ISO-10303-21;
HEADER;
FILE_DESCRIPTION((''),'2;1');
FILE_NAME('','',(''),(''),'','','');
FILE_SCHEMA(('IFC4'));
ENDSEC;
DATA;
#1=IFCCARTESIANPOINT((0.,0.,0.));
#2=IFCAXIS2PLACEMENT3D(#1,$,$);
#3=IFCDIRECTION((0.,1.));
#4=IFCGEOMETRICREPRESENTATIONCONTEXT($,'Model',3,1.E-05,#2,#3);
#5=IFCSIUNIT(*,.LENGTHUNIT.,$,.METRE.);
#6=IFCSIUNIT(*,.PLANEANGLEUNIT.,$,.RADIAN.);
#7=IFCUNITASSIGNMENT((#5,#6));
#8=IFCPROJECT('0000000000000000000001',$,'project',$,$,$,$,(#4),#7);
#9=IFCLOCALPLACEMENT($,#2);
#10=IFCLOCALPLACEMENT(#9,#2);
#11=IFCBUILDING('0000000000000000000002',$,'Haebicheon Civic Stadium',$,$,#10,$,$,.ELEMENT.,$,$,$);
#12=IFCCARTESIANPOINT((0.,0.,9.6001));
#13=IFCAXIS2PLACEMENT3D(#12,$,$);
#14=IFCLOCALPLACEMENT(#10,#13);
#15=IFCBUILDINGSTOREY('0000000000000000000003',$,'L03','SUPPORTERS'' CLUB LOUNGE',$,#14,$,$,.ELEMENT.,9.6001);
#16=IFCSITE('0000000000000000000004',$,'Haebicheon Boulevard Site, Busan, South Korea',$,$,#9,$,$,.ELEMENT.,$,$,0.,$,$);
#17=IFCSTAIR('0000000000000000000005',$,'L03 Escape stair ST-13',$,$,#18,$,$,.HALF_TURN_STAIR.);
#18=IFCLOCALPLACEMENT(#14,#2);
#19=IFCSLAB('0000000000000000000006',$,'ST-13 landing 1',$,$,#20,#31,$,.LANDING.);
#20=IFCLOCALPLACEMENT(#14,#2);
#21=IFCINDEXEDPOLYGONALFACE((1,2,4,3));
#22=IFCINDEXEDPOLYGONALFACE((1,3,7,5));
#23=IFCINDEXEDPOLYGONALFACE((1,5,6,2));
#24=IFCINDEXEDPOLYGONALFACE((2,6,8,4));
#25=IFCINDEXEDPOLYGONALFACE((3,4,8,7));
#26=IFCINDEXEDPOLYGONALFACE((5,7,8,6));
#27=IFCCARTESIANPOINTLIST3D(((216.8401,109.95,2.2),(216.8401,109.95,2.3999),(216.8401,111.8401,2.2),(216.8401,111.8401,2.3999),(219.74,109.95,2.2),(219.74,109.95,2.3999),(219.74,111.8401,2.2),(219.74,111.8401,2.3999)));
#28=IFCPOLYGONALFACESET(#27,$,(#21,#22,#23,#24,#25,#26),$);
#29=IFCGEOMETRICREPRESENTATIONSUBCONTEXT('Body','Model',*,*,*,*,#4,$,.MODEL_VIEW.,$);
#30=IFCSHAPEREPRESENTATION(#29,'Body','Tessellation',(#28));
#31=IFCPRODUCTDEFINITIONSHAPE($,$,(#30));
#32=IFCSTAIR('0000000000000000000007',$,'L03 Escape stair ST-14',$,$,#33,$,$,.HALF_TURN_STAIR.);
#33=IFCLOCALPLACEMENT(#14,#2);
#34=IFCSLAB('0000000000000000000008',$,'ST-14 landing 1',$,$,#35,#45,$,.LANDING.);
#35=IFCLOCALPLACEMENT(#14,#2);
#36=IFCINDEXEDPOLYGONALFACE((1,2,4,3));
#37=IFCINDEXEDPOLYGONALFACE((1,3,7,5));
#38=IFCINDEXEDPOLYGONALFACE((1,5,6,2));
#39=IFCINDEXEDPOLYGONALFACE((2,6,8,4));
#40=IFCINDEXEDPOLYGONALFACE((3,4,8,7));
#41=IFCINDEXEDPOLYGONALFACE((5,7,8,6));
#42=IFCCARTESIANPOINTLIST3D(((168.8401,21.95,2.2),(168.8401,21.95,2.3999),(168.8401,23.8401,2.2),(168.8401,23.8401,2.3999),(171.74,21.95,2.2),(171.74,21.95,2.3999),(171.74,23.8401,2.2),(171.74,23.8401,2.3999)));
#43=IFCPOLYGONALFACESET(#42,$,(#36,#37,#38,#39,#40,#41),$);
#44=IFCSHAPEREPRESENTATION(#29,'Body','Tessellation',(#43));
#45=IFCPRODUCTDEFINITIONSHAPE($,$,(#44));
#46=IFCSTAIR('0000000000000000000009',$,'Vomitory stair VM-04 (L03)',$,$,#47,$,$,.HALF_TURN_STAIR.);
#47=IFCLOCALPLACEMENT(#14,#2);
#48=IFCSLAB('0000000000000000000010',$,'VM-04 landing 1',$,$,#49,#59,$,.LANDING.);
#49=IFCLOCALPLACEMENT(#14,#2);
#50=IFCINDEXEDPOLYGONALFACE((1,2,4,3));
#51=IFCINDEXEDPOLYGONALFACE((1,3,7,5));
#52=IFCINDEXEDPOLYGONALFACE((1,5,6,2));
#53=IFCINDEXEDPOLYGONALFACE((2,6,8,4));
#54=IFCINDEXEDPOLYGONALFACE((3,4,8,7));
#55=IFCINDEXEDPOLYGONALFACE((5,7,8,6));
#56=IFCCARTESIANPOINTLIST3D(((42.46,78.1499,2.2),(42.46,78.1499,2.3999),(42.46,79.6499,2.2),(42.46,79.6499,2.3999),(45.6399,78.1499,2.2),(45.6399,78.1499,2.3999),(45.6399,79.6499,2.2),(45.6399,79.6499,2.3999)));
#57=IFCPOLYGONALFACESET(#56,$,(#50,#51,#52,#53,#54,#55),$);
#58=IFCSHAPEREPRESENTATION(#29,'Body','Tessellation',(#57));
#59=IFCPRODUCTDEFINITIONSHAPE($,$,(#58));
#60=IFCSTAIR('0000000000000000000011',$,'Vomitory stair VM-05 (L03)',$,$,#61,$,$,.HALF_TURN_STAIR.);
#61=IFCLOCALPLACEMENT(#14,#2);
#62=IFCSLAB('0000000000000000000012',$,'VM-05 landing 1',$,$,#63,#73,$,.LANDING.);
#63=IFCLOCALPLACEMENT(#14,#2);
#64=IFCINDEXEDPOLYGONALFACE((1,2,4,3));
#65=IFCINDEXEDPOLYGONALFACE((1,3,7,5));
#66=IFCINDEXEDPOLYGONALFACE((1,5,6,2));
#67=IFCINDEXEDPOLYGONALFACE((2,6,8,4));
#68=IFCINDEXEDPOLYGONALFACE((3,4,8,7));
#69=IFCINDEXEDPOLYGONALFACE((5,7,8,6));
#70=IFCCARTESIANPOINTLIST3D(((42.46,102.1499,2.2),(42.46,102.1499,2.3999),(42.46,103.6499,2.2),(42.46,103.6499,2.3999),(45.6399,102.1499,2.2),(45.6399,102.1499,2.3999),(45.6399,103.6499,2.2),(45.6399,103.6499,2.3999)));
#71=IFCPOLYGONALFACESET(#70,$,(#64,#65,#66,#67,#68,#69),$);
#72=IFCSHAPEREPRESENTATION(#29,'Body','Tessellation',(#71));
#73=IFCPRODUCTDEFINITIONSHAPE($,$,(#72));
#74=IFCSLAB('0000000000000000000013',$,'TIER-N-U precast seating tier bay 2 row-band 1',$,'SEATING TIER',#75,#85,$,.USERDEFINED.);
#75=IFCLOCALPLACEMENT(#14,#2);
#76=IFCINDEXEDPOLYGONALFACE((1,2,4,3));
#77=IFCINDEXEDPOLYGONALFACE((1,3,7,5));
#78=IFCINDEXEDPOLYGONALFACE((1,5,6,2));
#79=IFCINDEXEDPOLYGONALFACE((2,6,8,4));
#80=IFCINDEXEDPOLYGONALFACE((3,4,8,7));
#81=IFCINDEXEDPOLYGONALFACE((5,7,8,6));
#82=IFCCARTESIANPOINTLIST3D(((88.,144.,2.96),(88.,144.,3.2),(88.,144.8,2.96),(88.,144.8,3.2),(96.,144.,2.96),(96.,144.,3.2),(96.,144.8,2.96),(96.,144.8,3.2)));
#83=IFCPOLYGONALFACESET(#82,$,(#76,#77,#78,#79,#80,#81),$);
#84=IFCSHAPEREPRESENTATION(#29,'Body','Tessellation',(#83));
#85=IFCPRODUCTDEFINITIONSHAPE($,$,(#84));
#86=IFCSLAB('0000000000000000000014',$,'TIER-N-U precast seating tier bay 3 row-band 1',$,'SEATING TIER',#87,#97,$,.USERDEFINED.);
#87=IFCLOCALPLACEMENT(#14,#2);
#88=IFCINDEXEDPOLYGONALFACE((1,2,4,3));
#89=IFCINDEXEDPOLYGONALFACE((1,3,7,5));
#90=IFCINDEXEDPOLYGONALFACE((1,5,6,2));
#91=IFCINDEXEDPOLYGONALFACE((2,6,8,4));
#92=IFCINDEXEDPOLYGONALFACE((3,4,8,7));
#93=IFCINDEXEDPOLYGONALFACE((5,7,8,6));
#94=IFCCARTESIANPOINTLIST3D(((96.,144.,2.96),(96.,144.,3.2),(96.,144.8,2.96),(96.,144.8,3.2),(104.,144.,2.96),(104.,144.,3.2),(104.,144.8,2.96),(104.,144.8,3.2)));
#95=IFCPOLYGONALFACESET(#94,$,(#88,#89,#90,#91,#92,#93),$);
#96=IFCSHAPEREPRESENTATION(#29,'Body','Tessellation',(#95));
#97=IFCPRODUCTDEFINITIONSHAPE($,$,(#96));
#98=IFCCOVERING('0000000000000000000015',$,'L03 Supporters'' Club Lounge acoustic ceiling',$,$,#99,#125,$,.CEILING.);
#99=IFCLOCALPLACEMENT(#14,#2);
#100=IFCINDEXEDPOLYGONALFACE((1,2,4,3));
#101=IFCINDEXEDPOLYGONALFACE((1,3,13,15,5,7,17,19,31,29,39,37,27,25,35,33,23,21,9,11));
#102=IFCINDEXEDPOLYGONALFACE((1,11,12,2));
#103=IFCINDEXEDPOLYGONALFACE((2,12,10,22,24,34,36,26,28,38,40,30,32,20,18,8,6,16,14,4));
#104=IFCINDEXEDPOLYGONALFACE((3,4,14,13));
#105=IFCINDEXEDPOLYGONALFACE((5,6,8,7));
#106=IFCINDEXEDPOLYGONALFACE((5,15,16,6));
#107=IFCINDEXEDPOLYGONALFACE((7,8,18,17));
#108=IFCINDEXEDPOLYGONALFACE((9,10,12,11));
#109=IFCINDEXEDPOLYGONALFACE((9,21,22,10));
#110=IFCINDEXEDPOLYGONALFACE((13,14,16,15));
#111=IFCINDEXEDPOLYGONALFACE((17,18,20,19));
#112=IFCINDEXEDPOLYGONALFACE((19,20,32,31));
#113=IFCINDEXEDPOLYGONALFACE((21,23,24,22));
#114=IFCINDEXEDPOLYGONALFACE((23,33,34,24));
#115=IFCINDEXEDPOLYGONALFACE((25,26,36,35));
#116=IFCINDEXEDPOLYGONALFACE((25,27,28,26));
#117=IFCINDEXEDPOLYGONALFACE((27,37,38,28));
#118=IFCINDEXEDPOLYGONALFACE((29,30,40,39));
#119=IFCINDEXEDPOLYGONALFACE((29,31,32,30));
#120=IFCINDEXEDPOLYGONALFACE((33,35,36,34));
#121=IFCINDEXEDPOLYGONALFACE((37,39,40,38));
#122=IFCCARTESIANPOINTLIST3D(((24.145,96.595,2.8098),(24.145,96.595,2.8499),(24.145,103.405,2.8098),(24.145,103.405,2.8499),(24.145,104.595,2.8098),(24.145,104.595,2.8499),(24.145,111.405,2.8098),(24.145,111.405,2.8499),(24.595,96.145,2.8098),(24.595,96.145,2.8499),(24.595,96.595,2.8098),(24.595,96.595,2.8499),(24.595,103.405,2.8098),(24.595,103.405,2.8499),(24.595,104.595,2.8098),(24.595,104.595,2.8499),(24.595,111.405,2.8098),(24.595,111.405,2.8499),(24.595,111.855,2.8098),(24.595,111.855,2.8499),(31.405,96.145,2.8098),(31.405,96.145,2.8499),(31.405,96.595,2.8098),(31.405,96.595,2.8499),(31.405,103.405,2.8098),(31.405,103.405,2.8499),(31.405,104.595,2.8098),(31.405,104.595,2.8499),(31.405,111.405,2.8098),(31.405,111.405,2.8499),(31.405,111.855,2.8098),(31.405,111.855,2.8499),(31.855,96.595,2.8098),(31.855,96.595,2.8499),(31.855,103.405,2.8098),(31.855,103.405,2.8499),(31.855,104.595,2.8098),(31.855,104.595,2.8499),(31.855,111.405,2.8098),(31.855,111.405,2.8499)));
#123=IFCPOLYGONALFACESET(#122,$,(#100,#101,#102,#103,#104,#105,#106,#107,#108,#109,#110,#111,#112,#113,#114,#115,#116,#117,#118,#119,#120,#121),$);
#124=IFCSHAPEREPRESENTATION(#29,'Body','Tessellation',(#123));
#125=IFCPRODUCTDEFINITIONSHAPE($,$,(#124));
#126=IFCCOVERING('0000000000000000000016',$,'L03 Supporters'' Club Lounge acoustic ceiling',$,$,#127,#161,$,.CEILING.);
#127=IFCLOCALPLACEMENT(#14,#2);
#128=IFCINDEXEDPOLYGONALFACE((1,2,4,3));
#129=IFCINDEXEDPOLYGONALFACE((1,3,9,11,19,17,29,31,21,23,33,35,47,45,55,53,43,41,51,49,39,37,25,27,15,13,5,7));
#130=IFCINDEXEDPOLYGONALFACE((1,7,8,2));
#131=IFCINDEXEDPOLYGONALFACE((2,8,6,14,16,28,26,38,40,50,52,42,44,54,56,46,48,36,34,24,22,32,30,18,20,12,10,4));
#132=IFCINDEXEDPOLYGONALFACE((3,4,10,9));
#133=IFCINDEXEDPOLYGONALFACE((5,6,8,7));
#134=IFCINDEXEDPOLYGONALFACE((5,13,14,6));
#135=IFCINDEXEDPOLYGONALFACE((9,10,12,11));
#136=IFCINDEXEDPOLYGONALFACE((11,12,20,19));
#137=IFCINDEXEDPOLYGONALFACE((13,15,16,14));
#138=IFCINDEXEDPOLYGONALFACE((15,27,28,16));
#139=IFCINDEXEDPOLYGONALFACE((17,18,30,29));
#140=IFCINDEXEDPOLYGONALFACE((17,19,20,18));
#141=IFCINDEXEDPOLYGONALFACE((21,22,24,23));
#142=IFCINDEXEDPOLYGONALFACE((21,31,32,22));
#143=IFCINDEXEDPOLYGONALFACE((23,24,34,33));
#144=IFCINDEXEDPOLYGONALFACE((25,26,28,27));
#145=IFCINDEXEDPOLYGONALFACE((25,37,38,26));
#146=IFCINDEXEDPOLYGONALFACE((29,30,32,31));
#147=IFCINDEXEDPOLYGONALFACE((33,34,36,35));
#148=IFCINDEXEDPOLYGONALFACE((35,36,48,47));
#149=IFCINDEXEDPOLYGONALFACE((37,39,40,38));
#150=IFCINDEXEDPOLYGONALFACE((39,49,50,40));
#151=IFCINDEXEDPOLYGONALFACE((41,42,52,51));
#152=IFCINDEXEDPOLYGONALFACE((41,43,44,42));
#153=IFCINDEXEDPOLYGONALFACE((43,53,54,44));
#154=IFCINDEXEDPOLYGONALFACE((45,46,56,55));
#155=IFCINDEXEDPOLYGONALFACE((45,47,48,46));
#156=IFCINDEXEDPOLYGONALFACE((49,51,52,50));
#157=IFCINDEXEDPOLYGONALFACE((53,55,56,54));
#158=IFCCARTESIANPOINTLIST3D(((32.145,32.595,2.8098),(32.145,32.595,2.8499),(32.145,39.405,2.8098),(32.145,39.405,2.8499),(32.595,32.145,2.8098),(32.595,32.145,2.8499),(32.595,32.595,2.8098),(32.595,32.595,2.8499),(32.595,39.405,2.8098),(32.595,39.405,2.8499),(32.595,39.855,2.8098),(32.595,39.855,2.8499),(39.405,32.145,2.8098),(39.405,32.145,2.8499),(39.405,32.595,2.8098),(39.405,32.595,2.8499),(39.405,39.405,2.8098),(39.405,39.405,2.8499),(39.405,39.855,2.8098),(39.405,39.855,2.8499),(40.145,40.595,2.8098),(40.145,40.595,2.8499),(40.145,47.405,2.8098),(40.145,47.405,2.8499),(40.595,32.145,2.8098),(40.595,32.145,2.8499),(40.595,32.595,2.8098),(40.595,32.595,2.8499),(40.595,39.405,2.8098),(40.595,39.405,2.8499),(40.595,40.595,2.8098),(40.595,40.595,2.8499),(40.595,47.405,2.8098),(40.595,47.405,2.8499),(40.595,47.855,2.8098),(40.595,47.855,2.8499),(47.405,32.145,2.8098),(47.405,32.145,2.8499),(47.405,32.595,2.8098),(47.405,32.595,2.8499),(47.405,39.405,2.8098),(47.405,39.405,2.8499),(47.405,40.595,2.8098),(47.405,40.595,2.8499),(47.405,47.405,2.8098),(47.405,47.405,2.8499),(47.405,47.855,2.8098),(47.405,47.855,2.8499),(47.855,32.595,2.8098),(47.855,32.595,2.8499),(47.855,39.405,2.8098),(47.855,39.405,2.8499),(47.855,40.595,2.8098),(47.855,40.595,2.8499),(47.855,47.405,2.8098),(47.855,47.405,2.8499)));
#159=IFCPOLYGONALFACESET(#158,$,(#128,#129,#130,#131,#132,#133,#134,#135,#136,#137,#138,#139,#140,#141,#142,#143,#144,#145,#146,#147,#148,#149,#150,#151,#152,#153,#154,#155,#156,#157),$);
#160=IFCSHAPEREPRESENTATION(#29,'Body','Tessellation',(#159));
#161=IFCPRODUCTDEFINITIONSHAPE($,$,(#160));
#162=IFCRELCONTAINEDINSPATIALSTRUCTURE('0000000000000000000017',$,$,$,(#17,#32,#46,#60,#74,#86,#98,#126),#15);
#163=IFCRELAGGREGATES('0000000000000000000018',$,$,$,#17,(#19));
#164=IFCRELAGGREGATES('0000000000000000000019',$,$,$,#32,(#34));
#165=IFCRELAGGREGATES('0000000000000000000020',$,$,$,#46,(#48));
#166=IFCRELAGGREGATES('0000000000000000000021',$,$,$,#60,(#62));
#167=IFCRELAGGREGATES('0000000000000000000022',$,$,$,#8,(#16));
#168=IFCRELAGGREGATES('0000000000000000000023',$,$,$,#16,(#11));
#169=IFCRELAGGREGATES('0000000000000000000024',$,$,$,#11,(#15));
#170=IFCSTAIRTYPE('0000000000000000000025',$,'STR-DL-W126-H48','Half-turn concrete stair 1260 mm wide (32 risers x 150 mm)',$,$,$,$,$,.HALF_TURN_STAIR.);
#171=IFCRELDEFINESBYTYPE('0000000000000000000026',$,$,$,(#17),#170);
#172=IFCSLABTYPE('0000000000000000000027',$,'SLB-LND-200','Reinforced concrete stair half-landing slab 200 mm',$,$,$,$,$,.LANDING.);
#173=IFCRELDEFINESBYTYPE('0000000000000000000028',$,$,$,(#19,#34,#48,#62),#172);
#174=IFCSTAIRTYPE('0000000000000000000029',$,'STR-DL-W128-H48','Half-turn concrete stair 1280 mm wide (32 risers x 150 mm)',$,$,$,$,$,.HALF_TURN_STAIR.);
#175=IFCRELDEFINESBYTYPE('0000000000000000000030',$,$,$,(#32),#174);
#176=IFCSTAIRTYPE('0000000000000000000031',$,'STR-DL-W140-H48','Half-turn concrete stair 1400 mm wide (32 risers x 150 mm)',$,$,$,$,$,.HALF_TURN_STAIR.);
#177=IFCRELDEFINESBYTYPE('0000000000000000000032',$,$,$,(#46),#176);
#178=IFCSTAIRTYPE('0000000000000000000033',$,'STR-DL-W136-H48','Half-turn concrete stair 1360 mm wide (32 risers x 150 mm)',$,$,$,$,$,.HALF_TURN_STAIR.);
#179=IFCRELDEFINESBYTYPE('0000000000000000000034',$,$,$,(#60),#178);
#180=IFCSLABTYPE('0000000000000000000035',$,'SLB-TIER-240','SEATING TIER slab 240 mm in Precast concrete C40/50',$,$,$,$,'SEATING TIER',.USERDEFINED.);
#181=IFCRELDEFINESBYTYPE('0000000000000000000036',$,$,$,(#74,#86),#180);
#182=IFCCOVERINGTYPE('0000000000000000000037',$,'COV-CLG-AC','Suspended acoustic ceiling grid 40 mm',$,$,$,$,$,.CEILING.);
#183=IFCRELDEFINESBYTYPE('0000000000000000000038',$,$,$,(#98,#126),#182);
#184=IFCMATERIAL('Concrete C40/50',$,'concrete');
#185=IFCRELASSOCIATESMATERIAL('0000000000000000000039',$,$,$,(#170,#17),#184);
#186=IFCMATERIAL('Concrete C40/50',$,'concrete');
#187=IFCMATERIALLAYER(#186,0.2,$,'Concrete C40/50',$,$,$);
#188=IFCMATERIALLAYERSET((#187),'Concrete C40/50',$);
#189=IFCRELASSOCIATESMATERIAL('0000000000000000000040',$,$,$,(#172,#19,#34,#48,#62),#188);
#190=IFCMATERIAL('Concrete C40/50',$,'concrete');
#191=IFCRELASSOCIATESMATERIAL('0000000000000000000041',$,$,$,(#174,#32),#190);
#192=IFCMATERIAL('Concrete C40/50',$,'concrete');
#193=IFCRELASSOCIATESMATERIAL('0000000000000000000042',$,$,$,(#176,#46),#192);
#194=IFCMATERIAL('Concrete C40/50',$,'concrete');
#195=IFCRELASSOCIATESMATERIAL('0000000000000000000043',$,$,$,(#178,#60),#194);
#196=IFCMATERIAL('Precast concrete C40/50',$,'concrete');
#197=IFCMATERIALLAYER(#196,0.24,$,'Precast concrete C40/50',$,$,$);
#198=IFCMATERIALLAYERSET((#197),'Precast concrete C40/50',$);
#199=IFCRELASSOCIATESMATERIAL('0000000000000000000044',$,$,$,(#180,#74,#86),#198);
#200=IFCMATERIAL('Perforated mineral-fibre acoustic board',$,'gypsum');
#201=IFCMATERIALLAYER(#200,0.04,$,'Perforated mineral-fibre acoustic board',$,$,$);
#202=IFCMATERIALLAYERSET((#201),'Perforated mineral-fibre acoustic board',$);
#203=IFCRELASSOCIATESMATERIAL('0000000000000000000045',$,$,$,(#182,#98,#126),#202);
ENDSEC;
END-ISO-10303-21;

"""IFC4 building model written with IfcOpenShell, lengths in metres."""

from ifc_helpers import new_model, si_unit, direction, frame, origin, place, context, subcontext, project, spatial, polyline, outline, extrude, material, layer, layer_set, type_object, element, aggregate, save


model = new_model("IFC4")

# Units and contexts
model_context = context("Model", 3, precision=1e-05, world=origin(), true_north=direction((0.0, 1.0)))
body_context = subcontext(model_context, "Body", "Model", "MODEL_VIEW")
ifc_project = project(units=[si_unit("LENGTHUNIT", "METRE"), si_unit("PLANEANGLEUNIT", "RADIAN")], contexts=[model_context])

# Site, building, storey
site_placement = place(None, origin())
site = spatial("IfcSite", under=ifc_project, at=site_placement, Name="Haebicheon Boulevard Site, Busan, South Korea", CompositionType="ELEMENT", RefElevation=0.0)
building_placement = place(site_placement, origin())
building = spatial("IfcBuilding", under=site, at=building_placement, Name="Haebicheon Civic Stadium", CompositionType="ELEMENT")
storey_placement = place(building_placement, frame((0.0, 0.0, 9.6001)))
storey = spatial("IfcBuildingStorey", under=building, at=storey_placement, Name="L03", Description="SUPPORTERS' CLUB LOUNGE", CompositionType="ELEMENT", Elevation=9.6001)

# Stairs, slabs
ifc_material_1 = material(Name="Concrete C40/50", Category="concrete")
stair_type_1 = type_object("IfcStairType", Name="STR-DL-W126-H48", Description="Half-turn concrete stair 1260 mm wide (32 risers x 150 mm)", PredefinedType="HALF_TURN_STAIR", material=ifc_material_1)
ifc_material_2 = material(Name="Concrete C40/50", Category="concrete")
ifc_layer_1 = layer(ifc_material_2, 0.2, Name="Concrete C40/50")
ifc_layer_set_1 = layer_set([ifc_layer_1], Name="Concrete C40/50")
slab_type_1 = type_object("IfcSlabType", Name="SLB-LND-200", Description="Reinforced concrete stair half-landing slab 200 mm", PredefinedType="LANDING", material=ifc_layer_set_1)
ifc_material_3 = material(Name="Concrete C40/50", Category="concrete")
stair_type_2 = type_object("IfcStairType", Name="STR-DL-W128-H48", Description="Half-turn concrete stair 1280 mm wide (32 risers x 150 mm)", PredefinedType="HALF_TURN_STAIR", material=ifc_material_3)
stair_1_placement = place(storey_placement, origin())
stair_1 = element("IfcStair", 1, at=stair_1_placement, inside=storey, type_object=stair_type_1, material=ifc_material_1, Name="L03 Escape stair ST-13", PredefinedType="HALF_TURN_STAIR")
slab_1_placement = place(storey_placement, frame((0.0, 0.0, 2.2)))
slab_1 = element("IfcSlab", 2, at=slab_1_placement, type_object=slab_type_1, material=ifc_layer_set_1, Name="ST-13 landing 1", PredefinedType="LANDING", context=body_context, shape_type="SweptSolid", body=[
    extrude(outline(polyline([(219.74, 109.95), (219.74, 111.8401), (216.8401, 111.8401), (216.8401, 109.95), (219.74, 109.95)])), origin(), (0.0, 0.0, 1.0), 0.2),
])
aggregate(stair_1, [slab_1])
stair_2_placement = place(storey_placement, origin())
stair_2 = element("IfcStair", 3, at=stair_2_placement, inside=storey, type_object=stair_type_2, material=ifc_material_3, Name="L03 Escape stair ST-14", PredefinedType="HALF_TURN_STAIR")
slab_2_placement = place(storey_placement, frame((0.0, 0.0, 2.2)))
slab_2 = element("IfcSlab", 4, at=slab_2_placement, type_object=slab_type_1, material=ifc_layer_set_1, Name="ST-14 landing 1", PredefinedType="LANDING", context=body_context, shape_type="SweptSolid", body=[
    extrude(outline(polyline([(171.74, 21.95), (171.74, 23.8401), (168.8401, 23.8401), (168.8401, 21.95), (171.74, 21.95)])), origin(), (0.0, 0.0, 1.0), 0.2),
])
aggregate(stair_2, [slab_2])
ifc_material_4 = material(Name="Concrete C40/50", Category="concrete")
stair_type_3 = type_object("IfcStairType", Name="STR-DL-W140-H48", Description="Half-turn concrete stair 1400 mm wide (32 risers x 150 mm)", PredefinedType="HALF_TURN_STAIR", material=ifc_material_4)
stair_3_placement = place(storey_placement, origin())
stair_3 = element("IfcStair", 5, at=stair_3_placement, inside=storey, type_object=stair_type_3, material=ifc_material_4, Name="Vomitory stair VM-04 (L03)", PredefinedType="HALF_TURN_STAIR")
slab_3_placement = place(storey_placement, frame((0.0, 0.0, 2.2)))
slab_3 = element("IfcSlab", 6, at=slab_3_placement, type_object=slab_type_1, material=ifc_layer_set_1, Name="VM-04 landing 1", PredefinedType="LANDING", context=body_context, shape_type="SweptSolid", body=[
    extrude(outline(polyline([(45.6399, 78.1499), (45.6399, 79.6499), (42.46, 79.6499), (42.46, 78.1499), (45.6399, 78.1499)])), origin(), (0.0, 0.0, 1.0), 0.2),
])
aggregate(stair_3, [slab_3])
ifc_material_5 = material(Name="Concrete C40/50", Category="concrete")
stair_type_4 = type_object("IfcStairType", Name="STR-DL-W136-H48", Description="Half-turn concrete stair 1360 mm wide (32 risers x 150 mm)", PredefinedType="HALF_TURN_STAIR", material=ifc_material_5)
stair_4_placement = place(storey_placement, origin())
stair_4 = element("IfcStair", 7, at=stair_4_placement, inside=storey, type_object=stair_type_4, material=ifc_material_5, Name="Vomitory stair VM-05 (L03)", PredefinedType="HALF_TURN_STAIR")
slab_4_placement = place(storey_placement, frame((0.0, 0.0, 2.2)))
slab_4 = element("IfcSlab", 8, at=slab_4_placement, type_object=slab_type_1, material=ifc_layer_set_1, Name="VM-05 landing 1", PredefinedType="LANDING", context=body_context, shape_type="SweptSolid", body=[
    extrude(outline(polyline([(45.6399, 102.1499), (45.6399, 103.6499), (42.46, 103.6499), (42.46, 102.1499), (45.6399, 102.1499)])), origin(), (0.0, 0.0, 1.0), 0.2),
])
aggregate(stair_4, [slab_4])

# Slabs
ifc_material_6 = material(Name="Precast concrete C40/50", Category="concrete")
ifc_layer_2 = layer(ifc_material_6, 0.24, Name="Precast concrete C40/50")
ifc_layer_set_2 = layer_set([ifc_layer_2], Name="Precast concrete C40/50")
slab_type_2 = type_object("IfcSlabType", Name="SLB-TIER-240", Description="SEATING TIER slab 240 mm in Precast concrete C40/50", ElementType="SEATING TIER", PredefinedType="USERDEFINED", material=ifc_layer_set_2)
slab_5_placement = place(storey_placement, frame((0.0, 0.0, 2.96)))
element("IfcSlab", 9, at=slab_5_placement, inside=storey, type_object=slab_type_2, material=ifc_layer_set_2, Name="TIER-N-U precast seating tier bay 2 row-band 1", ObjectType="SEATING TIER", PredefinedType="USERDEFINED", context=body_context, shape_type="SweptSolid", body=[
    extrude(outline(polyline([(88.0, 144.0), (96.0, 144.0), (96.0, 144.8), (88.0, 144.8), (88.0, 144.0)])), origin(), (0.0, 0.0, 1.0), 0.24),
])
slab_6_placement = place(storey_placement, frame((0.0, 0.0, 2.96)))
element("IfcSlab", 10, at=slab_6_placement, inside=storey, type_object=slab_type_2, material=ifc_layer_set_2, Name="TIER-N-U precast seating tier bay 3 row-band 1", ObjectType="SEATING TIER", PredefinedType="USERDEFINED", context=body_context, shape_type="SweptSolid", body=[
    extrude(outline(polyline([(96.0, 144.0), (104.0, 144.0), (104.0, 144.8), (96.0, 144.8), (96.0, 144.0)])), origin(), (0.0, 0.0, 1.0), 0.24),
])

# Coverings
ifc_material_7 = material(Name="Perforated mineral-fibre acoustic board", Category="gypsum")
ifc_layer_3 = layer(ifc_material_7, 0.04, Name="Perforated mineral-fibre acoustic board")
ifc_layer_set_3 = layer_set([ifc_layer_3], Name="Perforated mineral-fibre acoustic board")
covering_type_1 = type_object("IfcCoveringType", Name="COV-CLG-AC", Description="Suspended acoustic ceiling grid 40 mm", PredefinedType="CEILING", material=ifc_layer_set_3)
covering_1_placement = place(storey_placement, frame((0.0, 0.0, 2.8098)))
element("IfcCovering", 11, at=covering_1_placement, inside=storey, type_object=covering_type_1, material=ifc_layer_set_3, Name="L03 Supporters' Club Lounge acoustic ceiling", PredefinedType="CEILING", context=body_context, shape_type="SweptSolid", body=[
    extrude(outline(polyline([(24.595, 96.145), (24.595, 96.595), (24.145, 96.595), (24.145, 103.405), (24.595, 103.405), (24.595, 104.595), (24.145, 104.595), (24.145, 111.405), (24.595, 111.405), (24.595, 111.855), (31.405, 111.855), (31.405, 111.405), (31.855, 111.405), (31.855, 104.595), (31.405, 104.595), (31.405, 103.405), (31.855, 103.405), (31.855, 96.595), (31.405, 96.595), (31.405, 96.145), (24.595, 96.145)])), origin(), (0.0, 0.0, 1.0), 0.04),
])
covering_2_placement = place(storey_placement, frame((0.0, 0.0, 2.8098)))
element("IfcCovering", 12, at=covering_2_placement, inside=storey, type_object=covering_type_1, material=ifc_layer_set_3, Name="L03 Supporters' Club Lounge acoustic ceiling", PredefinedType="CEILING", context=body_context, shape_type="SweptSolid", body=[
    extrude(outline(polyline([(32.145, 39.405), (32.595, 39.405), (32.595, 39.855), (39.405, 39.855), (39.405, 39.405), (40.595, 39.405), (40.595, 40.595), (40.145, 40.595), (40.145, 47.405), (40.595, 47.405), (40.595, 47.855), (47.405, 47.855), (47.405, 47.405), (47.855, 47.405), (47.855, 40.595), (47.405, 40.595), (47.405, 39.405), (47.855, 39.405), (47.855, 32.595), (47.405, 32.595), (47.405, 32.145), (40.595, 32.145), (40.595, 32.595), (39.405, 32.595), (39.405, 32.145), (32.595, 32.145), (32.595, 32.595), (32.145, 32.595), (32.145, 39.405)])), origin(), (0.0, 0.0, 1.0), 0.04),
])

save(model, "model.ifc")
